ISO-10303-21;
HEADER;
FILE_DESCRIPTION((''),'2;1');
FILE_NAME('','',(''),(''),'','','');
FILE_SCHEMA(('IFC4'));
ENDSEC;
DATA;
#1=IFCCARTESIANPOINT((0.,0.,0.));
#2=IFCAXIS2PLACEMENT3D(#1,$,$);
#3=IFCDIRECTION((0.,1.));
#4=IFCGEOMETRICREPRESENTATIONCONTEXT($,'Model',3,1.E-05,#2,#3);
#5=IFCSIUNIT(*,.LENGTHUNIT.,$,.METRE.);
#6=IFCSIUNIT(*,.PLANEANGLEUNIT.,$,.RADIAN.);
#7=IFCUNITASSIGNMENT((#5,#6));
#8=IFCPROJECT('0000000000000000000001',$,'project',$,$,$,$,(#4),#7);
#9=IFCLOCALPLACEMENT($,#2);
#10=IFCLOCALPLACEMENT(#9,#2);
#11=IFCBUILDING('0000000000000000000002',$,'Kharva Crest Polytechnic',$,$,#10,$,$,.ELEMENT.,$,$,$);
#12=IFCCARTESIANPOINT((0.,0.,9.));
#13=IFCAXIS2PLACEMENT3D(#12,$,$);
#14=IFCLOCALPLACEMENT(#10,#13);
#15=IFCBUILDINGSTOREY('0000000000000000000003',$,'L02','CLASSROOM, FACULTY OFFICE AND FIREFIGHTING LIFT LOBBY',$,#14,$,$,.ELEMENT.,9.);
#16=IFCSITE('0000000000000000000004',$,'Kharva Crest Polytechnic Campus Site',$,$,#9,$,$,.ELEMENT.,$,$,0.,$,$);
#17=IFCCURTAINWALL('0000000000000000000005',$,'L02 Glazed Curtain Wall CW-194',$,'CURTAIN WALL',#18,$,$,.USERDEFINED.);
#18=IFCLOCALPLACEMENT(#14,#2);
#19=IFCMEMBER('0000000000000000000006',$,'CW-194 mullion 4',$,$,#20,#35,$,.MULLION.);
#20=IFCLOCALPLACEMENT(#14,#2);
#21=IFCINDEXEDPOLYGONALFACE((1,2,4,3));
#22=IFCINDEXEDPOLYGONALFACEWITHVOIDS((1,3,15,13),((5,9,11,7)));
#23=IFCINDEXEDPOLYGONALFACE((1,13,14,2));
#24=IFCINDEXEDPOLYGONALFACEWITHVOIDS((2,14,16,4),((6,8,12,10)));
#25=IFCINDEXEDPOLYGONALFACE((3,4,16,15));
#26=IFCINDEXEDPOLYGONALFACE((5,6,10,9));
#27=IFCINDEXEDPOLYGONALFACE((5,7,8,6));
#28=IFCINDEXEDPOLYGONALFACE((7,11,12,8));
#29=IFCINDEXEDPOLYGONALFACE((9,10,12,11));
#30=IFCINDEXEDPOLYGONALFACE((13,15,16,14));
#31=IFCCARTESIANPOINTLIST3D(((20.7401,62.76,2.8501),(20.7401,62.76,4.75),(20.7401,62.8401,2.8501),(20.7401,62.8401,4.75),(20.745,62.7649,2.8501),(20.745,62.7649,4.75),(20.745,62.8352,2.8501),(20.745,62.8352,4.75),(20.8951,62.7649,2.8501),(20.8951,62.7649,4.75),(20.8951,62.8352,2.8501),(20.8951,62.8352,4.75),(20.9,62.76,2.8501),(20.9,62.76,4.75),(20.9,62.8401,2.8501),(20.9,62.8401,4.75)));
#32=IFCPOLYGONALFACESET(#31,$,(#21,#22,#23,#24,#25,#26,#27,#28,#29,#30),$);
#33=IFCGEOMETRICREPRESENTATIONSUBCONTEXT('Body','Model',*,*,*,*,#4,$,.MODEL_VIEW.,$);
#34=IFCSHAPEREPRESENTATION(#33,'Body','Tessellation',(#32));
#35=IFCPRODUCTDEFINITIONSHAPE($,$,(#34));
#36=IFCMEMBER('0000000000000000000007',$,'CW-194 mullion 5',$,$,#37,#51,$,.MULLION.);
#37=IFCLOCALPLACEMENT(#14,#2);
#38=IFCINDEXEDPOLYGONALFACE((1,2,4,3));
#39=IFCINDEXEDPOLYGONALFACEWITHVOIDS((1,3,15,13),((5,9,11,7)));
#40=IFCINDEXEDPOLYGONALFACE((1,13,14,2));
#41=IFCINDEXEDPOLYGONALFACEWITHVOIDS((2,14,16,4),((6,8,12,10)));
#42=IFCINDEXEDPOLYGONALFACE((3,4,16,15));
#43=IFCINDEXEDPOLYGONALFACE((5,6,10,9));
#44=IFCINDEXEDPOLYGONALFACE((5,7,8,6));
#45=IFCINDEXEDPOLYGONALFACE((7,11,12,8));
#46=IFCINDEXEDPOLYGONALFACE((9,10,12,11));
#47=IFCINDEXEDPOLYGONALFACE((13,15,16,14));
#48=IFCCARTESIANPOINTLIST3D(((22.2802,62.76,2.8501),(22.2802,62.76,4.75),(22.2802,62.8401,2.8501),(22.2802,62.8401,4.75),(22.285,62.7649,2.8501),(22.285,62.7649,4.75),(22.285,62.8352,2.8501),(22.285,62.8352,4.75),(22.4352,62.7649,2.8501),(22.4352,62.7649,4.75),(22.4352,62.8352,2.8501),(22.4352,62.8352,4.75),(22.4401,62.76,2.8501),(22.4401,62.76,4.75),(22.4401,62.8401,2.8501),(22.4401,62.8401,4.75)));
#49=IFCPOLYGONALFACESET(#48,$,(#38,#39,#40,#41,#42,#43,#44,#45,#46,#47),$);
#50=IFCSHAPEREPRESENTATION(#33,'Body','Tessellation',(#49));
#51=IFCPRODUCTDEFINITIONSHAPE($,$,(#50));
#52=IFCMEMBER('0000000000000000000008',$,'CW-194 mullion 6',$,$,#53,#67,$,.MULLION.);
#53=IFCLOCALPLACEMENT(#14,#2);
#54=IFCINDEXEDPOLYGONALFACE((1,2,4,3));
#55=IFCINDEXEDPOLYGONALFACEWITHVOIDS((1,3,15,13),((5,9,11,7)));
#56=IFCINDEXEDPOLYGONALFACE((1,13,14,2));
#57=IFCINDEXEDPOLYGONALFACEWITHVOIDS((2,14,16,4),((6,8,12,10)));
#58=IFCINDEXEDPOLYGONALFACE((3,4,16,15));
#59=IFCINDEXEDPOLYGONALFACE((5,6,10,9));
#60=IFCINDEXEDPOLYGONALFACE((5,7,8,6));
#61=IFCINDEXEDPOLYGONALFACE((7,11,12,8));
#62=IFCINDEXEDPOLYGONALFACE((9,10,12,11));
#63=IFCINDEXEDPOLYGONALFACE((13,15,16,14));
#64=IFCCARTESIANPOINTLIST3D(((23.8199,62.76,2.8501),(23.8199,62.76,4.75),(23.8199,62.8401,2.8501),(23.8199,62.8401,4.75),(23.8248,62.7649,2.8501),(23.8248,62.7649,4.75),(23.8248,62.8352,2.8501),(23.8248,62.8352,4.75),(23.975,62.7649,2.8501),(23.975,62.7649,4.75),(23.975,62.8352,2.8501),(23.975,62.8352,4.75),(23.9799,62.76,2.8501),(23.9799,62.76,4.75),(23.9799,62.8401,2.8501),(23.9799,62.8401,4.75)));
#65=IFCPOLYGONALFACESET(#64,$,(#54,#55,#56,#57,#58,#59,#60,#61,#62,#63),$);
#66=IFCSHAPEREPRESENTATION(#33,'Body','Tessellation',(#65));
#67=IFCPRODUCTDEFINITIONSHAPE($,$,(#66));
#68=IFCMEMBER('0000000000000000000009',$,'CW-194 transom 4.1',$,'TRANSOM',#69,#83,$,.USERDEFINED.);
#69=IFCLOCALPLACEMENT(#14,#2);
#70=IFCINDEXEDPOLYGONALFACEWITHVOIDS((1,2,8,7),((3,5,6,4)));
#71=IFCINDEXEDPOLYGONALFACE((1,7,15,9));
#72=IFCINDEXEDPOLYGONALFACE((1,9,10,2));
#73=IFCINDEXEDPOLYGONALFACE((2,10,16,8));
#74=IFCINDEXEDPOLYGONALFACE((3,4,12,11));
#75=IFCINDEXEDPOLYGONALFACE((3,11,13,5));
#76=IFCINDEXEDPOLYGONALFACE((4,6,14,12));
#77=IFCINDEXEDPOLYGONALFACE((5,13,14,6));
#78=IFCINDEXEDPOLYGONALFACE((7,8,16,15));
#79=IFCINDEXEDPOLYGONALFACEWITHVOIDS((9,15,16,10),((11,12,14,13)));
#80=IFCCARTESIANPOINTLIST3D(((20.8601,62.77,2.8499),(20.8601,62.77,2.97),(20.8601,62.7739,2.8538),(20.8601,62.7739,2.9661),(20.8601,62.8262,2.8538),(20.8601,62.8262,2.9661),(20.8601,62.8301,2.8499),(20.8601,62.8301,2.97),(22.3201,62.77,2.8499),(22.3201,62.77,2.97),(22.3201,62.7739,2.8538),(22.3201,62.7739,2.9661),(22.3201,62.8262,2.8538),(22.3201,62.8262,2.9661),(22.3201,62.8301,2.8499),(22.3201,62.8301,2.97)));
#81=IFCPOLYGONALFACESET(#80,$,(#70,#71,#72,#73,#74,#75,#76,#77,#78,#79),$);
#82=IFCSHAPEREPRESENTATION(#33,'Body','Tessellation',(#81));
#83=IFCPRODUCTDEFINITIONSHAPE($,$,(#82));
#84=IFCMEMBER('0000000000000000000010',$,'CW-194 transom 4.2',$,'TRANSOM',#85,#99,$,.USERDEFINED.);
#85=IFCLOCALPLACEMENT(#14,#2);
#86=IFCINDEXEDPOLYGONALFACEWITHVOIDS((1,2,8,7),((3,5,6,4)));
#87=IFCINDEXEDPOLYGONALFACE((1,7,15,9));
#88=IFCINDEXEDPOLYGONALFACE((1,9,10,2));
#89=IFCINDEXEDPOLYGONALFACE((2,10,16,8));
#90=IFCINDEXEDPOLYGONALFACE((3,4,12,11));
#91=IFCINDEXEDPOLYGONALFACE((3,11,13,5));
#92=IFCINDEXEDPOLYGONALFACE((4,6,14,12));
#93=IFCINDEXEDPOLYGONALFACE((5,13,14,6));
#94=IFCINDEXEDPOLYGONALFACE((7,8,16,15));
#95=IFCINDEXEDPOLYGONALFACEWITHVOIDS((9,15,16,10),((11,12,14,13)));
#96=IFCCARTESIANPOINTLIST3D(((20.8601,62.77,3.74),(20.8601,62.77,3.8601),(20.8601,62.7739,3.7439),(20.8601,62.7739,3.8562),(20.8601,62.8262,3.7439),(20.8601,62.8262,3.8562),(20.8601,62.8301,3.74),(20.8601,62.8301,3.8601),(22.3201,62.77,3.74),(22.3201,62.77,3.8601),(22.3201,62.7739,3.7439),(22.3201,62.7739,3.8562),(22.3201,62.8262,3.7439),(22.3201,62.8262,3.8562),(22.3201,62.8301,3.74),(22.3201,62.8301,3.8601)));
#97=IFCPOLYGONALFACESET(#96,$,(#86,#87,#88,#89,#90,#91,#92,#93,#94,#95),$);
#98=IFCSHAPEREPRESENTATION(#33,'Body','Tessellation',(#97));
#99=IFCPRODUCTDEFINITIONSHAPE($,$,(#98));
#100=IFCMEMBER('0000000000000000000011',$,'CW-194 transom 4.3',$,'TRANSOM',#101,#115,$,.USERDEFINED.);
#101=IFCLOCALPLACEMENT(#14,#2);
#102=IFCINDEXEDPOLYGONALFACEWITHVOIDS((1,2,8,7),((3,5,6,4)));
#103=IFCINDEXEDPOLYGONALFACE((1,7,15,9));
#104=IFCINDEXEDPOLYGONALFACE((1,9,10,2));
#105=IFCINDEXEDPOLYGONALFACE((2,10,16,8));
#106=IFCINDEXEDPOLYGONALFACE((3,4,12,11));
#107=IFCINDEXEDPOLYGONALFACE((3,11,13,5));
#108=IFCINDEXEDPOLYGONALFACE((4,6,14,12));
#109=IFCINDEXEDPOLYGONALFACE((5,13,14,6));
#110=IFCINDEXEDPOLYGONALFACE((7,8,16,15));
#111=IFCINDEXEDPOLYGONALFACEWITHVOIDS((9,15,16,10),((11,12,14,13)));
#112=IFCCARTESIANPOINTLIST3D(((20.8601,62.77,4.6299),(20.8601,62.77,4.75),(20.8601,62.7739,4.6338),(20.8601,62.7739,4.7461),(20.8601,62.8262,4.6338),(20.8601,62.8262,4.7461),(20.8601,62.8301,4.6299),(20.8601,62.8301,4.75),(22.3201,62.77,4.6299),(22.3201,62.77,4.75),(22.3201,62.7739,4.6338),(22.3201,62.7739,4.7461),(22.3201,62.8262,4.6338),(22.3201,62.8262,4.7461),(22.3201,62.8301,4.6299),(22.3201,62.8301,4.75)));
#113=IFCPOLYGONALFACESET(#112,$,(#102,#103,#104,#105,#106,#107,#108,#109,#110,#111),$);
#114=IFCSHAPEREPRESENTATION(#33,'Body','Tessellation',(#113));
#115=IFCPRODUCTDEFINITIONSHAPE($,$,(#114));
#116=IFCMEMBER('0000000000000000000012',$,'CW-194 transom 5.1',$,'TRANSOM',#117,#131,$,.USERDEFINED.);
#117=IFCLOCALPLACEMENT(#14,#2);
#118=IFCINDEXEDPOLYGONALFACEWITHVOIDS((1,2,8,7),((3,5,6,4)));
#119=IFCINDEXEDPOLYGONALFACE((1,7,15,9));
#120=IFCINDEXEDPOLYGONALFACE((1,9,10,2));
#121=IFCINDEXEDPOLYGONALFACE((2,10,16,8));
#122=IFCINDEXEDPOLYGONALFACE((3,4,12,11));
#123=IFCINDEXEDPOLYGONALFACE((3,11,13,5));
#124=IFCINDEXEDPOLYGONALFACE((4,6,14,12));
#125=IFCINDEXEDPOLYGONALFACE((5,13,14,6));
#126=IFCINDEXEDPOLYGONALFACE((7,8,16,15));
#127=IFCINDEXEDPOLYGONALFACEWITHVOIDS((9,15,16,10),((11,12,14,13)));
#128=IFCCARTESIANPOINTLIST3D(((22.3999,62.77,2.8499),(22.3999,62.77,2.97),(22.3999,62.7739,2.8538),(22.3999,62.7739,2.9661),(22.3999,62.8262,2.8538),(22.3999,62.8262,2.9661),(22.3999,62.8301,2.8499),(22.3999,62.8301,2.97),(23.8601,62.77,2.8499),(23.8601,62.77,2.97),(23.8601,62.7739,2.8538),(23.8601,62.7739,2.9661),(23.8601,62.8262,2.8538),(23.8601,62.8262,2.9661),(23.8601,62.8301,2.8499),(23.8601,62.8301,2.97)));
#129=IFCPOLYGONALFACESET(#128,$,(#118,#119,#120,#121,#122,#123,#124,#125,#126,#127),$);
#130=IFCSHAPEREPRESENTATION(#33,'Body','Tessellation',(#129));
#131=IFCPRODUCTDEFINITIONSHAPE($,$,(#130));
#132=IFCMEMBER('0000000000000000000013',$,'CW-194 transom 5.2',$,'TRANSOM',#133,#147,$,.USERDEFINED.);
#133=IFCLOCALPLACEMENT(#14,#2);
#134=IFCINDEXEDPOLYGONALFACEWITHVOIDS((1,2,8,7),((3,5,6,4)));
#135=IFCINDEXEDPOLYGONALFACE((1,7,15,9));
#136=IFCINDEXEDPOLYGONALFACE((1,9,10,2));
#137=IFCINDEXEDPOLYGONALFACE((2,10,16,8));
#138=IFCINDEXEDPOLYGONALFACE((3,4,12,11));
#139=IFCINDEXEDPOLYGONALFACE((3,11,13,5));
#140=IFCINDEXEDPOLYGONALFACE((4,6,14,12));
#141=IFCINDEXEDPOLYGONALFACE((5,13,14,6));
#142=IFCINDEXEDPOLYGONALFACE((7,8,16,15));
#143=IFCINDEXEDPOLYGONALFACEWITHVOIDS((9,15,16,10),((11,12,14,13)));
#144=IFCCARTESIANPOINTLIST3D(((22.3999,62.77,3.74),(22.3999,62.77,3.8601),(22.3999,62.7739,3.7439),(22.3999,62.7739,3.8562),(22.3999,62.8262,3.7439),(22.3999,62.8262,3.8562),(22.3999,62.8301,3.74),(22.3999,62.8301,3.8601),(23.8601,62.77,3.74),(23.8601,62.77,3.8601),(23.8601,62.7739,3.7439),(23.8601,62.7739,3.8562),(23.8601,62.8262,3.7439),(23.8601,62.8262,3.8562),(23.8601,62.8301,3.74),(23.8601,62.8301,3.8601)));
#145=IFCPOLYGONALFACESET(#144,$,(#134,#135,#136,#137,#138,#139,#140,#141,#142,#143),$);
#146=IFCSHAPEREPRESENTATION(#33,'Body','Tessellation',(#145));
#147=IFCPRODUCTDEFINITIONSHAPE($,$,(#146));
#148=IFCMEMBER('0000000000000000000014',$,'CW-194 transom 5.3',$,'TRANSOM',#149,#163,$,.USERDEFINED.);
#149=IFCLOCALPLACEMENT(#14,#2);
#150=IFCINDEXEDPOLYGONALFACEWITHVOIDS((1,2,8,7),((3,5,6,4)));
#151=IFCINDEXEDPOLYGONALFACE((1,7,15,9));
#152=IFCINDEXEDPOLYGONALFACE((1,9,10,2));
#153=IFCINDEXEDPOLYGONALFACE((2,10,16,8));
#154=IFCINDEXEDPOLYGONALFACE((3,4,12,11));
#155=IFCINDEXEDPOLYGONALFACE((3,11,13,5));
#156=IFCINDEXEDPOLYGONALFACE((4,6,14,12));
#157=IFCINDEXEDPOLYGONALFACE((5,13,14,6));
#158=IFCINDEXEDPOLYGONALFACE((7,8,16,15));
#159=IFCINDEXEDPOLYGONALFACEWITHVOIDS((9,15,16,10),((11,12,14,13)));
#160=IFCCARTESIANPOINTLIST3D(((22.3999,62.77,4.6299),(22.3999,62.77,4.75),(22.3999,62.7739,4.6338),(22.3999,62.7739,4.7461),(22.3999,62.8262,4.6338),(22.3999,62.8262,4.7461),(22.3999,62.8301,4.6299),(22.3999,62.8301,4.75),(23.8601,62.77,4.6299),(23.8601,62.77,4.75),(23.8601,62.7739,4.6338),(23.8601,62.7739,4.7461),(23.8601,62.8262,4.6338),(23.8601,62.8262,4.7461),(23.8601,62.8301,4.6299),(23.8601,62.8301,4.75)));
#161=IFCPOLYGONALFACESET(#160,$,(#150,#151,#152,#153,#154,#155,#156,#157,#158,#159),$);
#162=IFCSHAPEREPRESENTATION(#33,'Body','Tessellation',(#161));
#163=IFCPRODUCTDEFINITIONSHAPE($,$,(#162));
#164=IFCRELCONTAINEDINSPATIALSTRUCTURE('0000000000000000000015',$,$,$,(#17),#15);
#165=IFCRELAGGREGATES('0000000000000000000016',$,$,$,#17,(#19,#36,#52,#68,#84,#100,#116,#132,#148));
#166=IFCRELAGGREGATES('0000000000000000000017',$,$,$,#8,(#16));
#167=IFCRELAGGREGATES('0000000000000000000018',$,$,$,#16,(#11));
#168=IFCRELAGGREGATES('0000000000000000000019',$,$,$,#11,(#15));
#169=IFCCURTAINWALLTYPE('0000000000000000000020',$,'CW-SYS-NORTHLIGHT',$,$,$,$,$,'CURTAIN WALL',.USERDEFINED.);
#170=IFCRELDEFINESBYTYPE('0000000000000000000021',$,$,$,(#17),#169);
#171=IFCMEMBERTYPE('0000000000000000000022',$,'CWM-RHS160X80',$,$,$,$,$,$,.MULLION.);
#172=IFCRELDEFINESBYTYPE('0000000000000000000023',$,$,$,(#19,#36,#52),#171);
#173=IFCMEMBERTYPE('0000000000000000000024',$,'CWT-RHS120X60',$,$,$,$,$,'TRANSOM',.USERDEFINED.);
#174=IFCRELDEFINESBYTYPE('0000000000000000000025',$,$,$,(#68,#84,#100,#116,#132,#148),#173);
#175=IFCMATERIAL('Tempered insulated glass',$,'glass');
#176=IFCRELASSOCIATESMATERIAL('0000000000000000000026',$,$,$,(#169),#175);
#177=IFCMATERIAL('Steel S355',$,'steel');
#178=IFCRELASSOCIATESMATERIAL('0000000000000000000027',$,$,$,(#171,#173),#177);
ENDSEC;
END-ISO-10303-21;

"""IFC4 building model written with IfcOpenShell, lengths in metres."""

from ifc_helpers import new_model, si_unit, direction, frame, origin, origin_2d, place, context, subcontext, project, spatial, hollow_rectangle, extrude, material, material_profile, profile_set, type_object, element, aggregate, save


model = new_model("IFC4")

# Units and contexts
model_context = context("Model", 3, precision=1e-05, world=origin(), true_north=direction((0.0, 1.0)))
body_context = subcontext(model_context, "Body", "Model", "MODEL_VIEW")
ifc_project = project(units=[si_unit("LENGTHUNIT", "METRE"), si_unit("PLANEANGLEUNIT", "RADIAN")], contexts=[model_context])

# Site, building, storey
site_placement = place(None, origin())
site = spatial("IfcSite", under=ifc_project, at=site_placement, Name="Kharva Crest Polytechnic Campus Site", CompositionType="ELEMENT", RefElevation=0.0)
building_placement = place(site_placement, origin())
building = spatial("IfcBuilding", under=site, at=building_placement, Name="Kharva Crest Polytechnic", CompositionType="ELEMENT")
storey_placement = place(building_placement, frame((0.0, 0.0, 9.0)))
storey = spatial("IfcBuildingStorey", under=building, at=storey_placement, Name="L02", Description="CLASSROOM, FACULTY OFFICE AND FIREFIGHTING LIFT LOBBY", CompositionType="ELEMENT", Elevation=9.0)

# Curtain wall, members
ifc_material_1 = material(Name="Tempered insulated glass", Category="glass")
curtain_wall_type = type_object("IfcCurtainWallType", Name="CW-SYS-NORTHLIGHT", ElementType="CURTAIN WALL", PredefinedType="USERDEFINED", material=ifc_material_1)
curtain_wall_placement = place(storey_placement, origin())
curtain_wall = element("IfcCurtainWall", 1, at=curtain_wall_placement, inside=storey, type_object=curtain_wall_type, Name="L02 Glazed Curtain Wall CW-194", ObjectType="CURTAIN WALL", PredefinedType="USERDEFINED")
ifc_material_2 = material(Name="Steel S355", Category="steel")
ifc_material_profile_1 = material_profile(ifc_material_2, hollow_rectangle(XDim=0.0801, YDim=0.1599, WallThickness=0.0049, at=origin_2d()), Name="RHS 160X80X5.0")
ifc_profile_set_1 = profile_set([ifc_material_profile_1], Name="Steel S355")
member_type_1 = type_object("IfcMemberType", Name="CWM-RHS160X80", PredefinedType="MULLION", material=ifc_profile_set_1)
member_1_placement = place(storey_placement, frame((20.8201, 62.8, 2.8501), z_axis=(0.0, 0.0, 1.0), x_axis=(0.0, 1.0, 0.0)))
member_1 = element("IfcMember", 2, at=member_1_placement, type_object=member_type_1, Name="CW-194 mullion 4", PredefinedType="MULLION", context=body_context, shape_type="SweptSolid", body=[
    extrude(hollow_rectangle(XDim=0.0801, YDim=0.1599, WallThickness=0.0049, at=origin_2d()), origin(), (0.0, 0.0, 1.0), 1.8999),
])
member_2_placement = place(storey_placement, frame((22.3601, 62.8, 2.8501), z_axis=(0.0, 0.0, 1.0), x_axis=(0.0, 1.0, 0.0)))
member_2 = element("IfcMember", 3, at=member_2_placement, type_object=member_type_1, Name="CW-194 mullion 5", PredefinedType="MULLION", context=body_context, shape_type="SweptSolid", body=[
    extrude(hollow_rectangle(XDim=0.0801, YDim=0.1599, WallThickness=0.0049, at=origin_2d()), origin(), (0.0, 0.0, 1.0), 1.8999),
])
member_3_placement = place(storey_placement, frame((23.8999, 62.8, 2.8501), z_axis=(0.0, 0.0, 1.0), x_axis=(0.0, 1.0, 0.0)))
member_3 = element("IfcMember", 4, at=member_3_placement, type_object=member_type_1, Name="CW-194 mullion 6", PredefinedType="MULLION", context=body_context, shape_type="SweptSolid", body=[
    extrude(hollow_rectangle(XDim=0.0801, YDim=0.1599, WallThickness=0.0049, at=origin_2d()), origin(), (0.0, 0.0, 1.0), 1.8999),
])
ifc_material_profile_2 = material_profile(ifc_material_2, hollow_rectangle(XDim=0.0601, YDim=0.1201, WallThickness=0.0039, at=origin_2d()), Name="RHS 120X60X4.0")
ifc_profile_set_2 = profile_set([ifc_material_profile_2], Name="Steel S355")
member_type_2 = type_object("IfcMemberType", Name="CWT-RHS120X60", ElementType="TRANSOM", PredefinedType="USERDEFINED", material=ifc_profile_set_2)
member_4_placement = place(storey_placement, frame((20.8601, 62.8, 2.9099), z_axis=(1.0, 0.0, 0.0), x_axis=(0.0, 1.0, 0.0)))
member_4 = element("IfcMember", 5, at=member_4_placement, type_object=member_type_2, Name="CW-194 transom 4.1", ObjectType="TRANSOM", PredefinedType="USERDEFINED", context=body_context, shape_type="SweptSolid", body=[
    extrude(hollow_rectangle(XDim=0.0601, YDim=0.1201, WallThickness=0.0039, at=origin_2d()), origin(), (0.0, 0.0, 1.0), 1.46),
])
member_5_placement = place(storey_placement, frame((20.8601, 62.8, 3.8), z_axis=(1.0, 0.0, 0.0), x_axis=(0.0, 1.0, 0.0)))
member_5 = element("IfcMember", 6, at=member_5_placement, type_object=member_type_2, Name="CW-194 transom 4.2", ObjectType="TRANSOM", PredefinedType="USERDEFINED", context=body_context, shape_type="SweptSolid", body=[
    extrude(hollow_rectangle(XDim=0.0601, YDim=0.1201, WallThickness=0.0039, at=origin_2d()), origin(), (0.0, 0.0, 1.0), 1.46),
])
member_6_placement = place(storey_placement, frame((20.8601, 62.8, 4.6899), z_axis=(1.0, 0.0, 0.0), x_axis=(0.0, 1.0, 0.0)))
member_6 = element("IfcMember", 7, at=member_6_placement, type_object=member_type_2, Name="CW-194 transom 4.3", ObjectType="TRANSOM", PredefinedType="USERDEFINED", context=body_context, shape_type="SweptSolid", body=[
    extrude(hollow_rectangle(XDim=0.0601, YDim=0.1201, WallThickness=0.0039, at=origin_2d()), origin(), (0.0, 0.0, 1.0), 1.46),
])
member_7_placement = place(storey_placement, frame((22.3999, 62.8, 2.9099), z_axis=(1.0, 0.0, 0.0), x_axis=(0.0, 1.0, 0.0)))
member_7 = element("IfcMember", 8, at=member_7_placement, type_object=member_type_2, Name="CW-194 transom 5.1", ObjectType="TRANSOM", PredefinedType="USERDEFINED", context=body_context, shape_type="SweptSolid", body=[
    extrude(hollow_rectangle(XDim=0.0601, YDim=0.1201, WallThickness=0.0039, at=origin_2d()), origin(), (0.0, 0.0, 1.0), 1.4602),
])
member_8_placement = place(storey_placement, frame((22.3999, 62.8, 3.8), z_axis=(1.0, 0.0, 0.0), x_axis=(0.0, 1.0, 0.0)))
member_8 = element("IfcMember", 9, at=member_8_placement, type_object=member_type_2, Name="CW-194 transom 5.2", ObjectType="TRANSOM", PredefinedType="USERDEFINED", context=body_context, shape_type="SweptSolid", body=[
    extrude(hollow_rectangle(XDim=0.0601, YDim=0.1201, WallThickness=0.0039, at=origin_2d()), origin(), (0.0, 0.0, 1.0), 1.4602),
])
member_9_placement = place(storey_placement, frame((22.3999, 62.8, 4.6899), z_axis=(1.0, 0.0, 0.0), x_axis=(0.0, 1.0, 0.0)))
member_9 = element("IfcMember", 10, at=member_9_placement, type_object=member_type_2, Name="CW-194 transom 5.3", ObjectType="TRANSOM", PredefinedType="USERDEFINED", context=body_context, shape_type="SweptSolid", body=[
    extrude(hollow_rectangle(XDim=0.0601, YDim=0.1201, WallThickness=0.0039, at=origin_2d()), origin(), (0.0, 0.0, 1.0), 1.4602),
])

aggregate(curtain_wall, [member_1, member_2, member_3, member_4, member_5, member_6, member_7, member_8, member_9])

save(model, "model.ifc")
